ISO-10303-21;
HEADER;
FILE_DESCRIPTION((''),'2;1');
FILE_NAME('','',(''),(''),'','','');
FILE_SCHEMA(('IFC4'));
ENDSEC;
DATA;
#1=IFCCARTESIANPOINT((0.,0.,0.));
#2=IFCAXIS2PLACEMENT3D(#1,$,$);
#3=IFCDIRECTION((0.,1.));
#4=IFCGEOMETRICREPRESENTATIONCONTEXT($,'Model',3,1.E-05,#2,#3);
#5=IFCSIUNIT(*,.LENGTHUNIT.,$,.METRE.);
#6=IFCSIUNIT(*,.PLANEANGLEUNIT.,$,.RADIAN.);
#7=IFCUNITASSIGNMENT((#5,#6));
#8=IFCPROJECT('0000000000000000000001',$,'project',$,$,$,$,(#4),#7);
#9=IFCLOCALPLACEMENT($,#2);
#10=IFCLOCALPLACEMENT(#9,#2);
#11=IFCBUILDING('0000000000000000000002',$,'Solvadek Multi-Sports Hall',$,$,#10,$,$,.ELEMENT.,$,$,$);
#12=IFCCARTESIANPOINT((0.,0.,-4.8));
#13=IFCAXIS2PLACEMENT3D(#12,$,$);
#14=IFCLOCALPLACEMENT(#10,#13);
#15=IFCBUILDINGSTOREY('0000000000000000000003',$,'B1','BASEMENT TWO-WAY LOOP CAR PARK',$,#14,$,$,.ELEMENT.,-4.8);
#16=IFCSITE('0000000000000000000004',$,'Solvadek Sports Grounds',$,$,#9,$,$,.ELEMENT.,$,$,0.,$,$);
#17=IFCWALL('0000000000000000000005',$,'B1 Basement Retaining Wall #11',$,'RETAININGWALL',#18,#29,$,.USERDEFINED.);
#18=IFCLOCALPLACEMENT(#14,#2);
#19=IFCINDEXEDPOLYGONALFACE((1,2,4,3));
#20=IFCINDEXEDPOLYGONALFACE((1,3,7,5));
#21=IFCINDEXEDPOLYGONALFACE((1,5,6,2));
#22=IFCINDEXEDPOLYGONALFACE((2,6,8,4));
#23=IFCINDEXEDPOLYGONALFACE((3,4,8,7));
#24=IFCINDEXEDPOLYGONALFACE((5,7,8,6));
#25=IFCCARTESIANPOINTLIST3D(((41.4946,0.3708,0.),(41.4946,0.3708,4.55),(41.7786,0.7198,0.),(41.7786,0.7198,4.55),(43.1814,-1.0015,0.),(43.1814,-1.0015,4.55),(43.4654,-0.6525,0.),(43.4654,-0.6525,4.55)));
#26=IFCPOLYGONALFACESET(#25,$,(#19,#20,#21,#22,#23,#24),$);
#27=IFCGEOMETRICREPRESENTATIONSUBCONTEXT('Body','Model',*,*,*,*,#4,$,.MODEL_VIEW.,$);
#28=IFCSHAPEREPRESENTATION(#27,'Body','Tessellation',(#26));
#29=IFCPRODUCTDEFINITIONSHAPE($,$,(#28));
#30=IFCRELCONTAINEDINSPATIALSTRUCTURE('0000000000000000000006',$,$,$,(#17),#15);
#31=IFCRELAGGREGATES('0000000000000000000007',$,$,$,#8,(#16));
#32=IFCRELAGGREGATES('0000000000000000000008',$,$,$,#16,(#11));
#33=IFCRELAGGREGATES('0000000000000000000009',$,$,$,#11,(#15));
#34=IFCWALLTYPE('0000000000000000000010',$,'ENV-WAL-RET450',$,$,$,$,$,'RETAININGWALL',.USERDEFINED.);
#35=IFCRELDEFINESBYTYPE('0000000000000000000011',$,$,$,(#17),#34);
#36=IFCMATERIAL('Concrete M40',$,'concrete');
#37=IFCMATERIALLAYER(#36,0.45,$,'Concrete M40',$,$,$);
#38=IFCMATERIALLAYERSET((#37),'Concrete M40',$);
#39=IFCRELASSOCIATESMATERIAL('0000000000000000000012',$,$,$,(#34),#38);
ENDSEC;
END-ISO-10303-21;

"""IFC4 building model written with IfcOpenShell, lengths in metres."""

from ifc_helpers import new_model, si_unit, direction, frame, frame_2d, origin, place, context, subcontext, project, spatial, rectangle, extrude, material, layer, layer_set, type_object, element, save


model = new_model("IFC4")

# Units and contexts
model_context = context("Model", 3, precision=1e-05, world=origin(), true_north=direction((0.0, 1.0)))
body_context = subcontext(model_context, "Body", "Model", "MODEL_VIEW")
ifc_project = project(units=[si_unit("LENGTHUNIT", "METRE"), si_unit("PLANEANGLEUNIT", "RADIAN")], contexts=[model_context])

# Site, building, storey
site_placement = place(None, origin())
site = spatial("IfcSite", under=ifc_project, at=site_placement, Name="Solvadek Sports Grounds", CompositionType="ELEMENT", RefElevation=0.0)
building_placement = place(site_placement, origin())
building = spatial("IfcBuilding", under=site, at=building_placement, Name="Solvadek Multi-Sports Hall", CompositionType="ELEMENT")
storey_placement = place(building_placement, frame((0.0, 0.0, -4.8)))
storey = spatial("IfcBuildingStorey", under=building, at=storey_placement, Name="B1", Description="BASEMENT TWO-WAY LOOP CAR PARK", CompositionType="ELEMENT", Elevation=-4.8)

# Shared definitions
ifc_material_1 = material(Name="Concrete M40", Category="concrete")

# Wall
ifc_layer_1 = layer(ifc_material_1, 0.45, Name="Concrete M40")
ifc_layer_set_1 = layer_set([ifc_layer_1], Name="Concrete M40")
wall_type = type_object("IfcWallType", Name="ENV-WAL-RET450", ElementType="RETAININGWALL", PredefinedType="USERDEFINED", material=ifc_layer_set_1)
wall_1_placement = place(storey_placement, frame((41.6365, 0.5454, 0.0), z_axis=(0.0, 0.0, 1.0), x_axis=(0.775705, -0.631095, 0.0)))
element("IfcWall", 1, at=wall_1_placement, inside=storey, type_object=wall_type, Name="B1 Basement Retaining Wall #11", ObjectType="RETAININGWALL", PredefinedType="USERDEFINED", context=body_context, shape_type="SweptSolid", body=[
    extrude(rectangle(XDim=2.1746, YDim=0.45, at=frame_2d((1.0874, 0.0))), origin(), (0.0, 0.0, 1.0), 4.55),
])

save(model, "model.ifc")
